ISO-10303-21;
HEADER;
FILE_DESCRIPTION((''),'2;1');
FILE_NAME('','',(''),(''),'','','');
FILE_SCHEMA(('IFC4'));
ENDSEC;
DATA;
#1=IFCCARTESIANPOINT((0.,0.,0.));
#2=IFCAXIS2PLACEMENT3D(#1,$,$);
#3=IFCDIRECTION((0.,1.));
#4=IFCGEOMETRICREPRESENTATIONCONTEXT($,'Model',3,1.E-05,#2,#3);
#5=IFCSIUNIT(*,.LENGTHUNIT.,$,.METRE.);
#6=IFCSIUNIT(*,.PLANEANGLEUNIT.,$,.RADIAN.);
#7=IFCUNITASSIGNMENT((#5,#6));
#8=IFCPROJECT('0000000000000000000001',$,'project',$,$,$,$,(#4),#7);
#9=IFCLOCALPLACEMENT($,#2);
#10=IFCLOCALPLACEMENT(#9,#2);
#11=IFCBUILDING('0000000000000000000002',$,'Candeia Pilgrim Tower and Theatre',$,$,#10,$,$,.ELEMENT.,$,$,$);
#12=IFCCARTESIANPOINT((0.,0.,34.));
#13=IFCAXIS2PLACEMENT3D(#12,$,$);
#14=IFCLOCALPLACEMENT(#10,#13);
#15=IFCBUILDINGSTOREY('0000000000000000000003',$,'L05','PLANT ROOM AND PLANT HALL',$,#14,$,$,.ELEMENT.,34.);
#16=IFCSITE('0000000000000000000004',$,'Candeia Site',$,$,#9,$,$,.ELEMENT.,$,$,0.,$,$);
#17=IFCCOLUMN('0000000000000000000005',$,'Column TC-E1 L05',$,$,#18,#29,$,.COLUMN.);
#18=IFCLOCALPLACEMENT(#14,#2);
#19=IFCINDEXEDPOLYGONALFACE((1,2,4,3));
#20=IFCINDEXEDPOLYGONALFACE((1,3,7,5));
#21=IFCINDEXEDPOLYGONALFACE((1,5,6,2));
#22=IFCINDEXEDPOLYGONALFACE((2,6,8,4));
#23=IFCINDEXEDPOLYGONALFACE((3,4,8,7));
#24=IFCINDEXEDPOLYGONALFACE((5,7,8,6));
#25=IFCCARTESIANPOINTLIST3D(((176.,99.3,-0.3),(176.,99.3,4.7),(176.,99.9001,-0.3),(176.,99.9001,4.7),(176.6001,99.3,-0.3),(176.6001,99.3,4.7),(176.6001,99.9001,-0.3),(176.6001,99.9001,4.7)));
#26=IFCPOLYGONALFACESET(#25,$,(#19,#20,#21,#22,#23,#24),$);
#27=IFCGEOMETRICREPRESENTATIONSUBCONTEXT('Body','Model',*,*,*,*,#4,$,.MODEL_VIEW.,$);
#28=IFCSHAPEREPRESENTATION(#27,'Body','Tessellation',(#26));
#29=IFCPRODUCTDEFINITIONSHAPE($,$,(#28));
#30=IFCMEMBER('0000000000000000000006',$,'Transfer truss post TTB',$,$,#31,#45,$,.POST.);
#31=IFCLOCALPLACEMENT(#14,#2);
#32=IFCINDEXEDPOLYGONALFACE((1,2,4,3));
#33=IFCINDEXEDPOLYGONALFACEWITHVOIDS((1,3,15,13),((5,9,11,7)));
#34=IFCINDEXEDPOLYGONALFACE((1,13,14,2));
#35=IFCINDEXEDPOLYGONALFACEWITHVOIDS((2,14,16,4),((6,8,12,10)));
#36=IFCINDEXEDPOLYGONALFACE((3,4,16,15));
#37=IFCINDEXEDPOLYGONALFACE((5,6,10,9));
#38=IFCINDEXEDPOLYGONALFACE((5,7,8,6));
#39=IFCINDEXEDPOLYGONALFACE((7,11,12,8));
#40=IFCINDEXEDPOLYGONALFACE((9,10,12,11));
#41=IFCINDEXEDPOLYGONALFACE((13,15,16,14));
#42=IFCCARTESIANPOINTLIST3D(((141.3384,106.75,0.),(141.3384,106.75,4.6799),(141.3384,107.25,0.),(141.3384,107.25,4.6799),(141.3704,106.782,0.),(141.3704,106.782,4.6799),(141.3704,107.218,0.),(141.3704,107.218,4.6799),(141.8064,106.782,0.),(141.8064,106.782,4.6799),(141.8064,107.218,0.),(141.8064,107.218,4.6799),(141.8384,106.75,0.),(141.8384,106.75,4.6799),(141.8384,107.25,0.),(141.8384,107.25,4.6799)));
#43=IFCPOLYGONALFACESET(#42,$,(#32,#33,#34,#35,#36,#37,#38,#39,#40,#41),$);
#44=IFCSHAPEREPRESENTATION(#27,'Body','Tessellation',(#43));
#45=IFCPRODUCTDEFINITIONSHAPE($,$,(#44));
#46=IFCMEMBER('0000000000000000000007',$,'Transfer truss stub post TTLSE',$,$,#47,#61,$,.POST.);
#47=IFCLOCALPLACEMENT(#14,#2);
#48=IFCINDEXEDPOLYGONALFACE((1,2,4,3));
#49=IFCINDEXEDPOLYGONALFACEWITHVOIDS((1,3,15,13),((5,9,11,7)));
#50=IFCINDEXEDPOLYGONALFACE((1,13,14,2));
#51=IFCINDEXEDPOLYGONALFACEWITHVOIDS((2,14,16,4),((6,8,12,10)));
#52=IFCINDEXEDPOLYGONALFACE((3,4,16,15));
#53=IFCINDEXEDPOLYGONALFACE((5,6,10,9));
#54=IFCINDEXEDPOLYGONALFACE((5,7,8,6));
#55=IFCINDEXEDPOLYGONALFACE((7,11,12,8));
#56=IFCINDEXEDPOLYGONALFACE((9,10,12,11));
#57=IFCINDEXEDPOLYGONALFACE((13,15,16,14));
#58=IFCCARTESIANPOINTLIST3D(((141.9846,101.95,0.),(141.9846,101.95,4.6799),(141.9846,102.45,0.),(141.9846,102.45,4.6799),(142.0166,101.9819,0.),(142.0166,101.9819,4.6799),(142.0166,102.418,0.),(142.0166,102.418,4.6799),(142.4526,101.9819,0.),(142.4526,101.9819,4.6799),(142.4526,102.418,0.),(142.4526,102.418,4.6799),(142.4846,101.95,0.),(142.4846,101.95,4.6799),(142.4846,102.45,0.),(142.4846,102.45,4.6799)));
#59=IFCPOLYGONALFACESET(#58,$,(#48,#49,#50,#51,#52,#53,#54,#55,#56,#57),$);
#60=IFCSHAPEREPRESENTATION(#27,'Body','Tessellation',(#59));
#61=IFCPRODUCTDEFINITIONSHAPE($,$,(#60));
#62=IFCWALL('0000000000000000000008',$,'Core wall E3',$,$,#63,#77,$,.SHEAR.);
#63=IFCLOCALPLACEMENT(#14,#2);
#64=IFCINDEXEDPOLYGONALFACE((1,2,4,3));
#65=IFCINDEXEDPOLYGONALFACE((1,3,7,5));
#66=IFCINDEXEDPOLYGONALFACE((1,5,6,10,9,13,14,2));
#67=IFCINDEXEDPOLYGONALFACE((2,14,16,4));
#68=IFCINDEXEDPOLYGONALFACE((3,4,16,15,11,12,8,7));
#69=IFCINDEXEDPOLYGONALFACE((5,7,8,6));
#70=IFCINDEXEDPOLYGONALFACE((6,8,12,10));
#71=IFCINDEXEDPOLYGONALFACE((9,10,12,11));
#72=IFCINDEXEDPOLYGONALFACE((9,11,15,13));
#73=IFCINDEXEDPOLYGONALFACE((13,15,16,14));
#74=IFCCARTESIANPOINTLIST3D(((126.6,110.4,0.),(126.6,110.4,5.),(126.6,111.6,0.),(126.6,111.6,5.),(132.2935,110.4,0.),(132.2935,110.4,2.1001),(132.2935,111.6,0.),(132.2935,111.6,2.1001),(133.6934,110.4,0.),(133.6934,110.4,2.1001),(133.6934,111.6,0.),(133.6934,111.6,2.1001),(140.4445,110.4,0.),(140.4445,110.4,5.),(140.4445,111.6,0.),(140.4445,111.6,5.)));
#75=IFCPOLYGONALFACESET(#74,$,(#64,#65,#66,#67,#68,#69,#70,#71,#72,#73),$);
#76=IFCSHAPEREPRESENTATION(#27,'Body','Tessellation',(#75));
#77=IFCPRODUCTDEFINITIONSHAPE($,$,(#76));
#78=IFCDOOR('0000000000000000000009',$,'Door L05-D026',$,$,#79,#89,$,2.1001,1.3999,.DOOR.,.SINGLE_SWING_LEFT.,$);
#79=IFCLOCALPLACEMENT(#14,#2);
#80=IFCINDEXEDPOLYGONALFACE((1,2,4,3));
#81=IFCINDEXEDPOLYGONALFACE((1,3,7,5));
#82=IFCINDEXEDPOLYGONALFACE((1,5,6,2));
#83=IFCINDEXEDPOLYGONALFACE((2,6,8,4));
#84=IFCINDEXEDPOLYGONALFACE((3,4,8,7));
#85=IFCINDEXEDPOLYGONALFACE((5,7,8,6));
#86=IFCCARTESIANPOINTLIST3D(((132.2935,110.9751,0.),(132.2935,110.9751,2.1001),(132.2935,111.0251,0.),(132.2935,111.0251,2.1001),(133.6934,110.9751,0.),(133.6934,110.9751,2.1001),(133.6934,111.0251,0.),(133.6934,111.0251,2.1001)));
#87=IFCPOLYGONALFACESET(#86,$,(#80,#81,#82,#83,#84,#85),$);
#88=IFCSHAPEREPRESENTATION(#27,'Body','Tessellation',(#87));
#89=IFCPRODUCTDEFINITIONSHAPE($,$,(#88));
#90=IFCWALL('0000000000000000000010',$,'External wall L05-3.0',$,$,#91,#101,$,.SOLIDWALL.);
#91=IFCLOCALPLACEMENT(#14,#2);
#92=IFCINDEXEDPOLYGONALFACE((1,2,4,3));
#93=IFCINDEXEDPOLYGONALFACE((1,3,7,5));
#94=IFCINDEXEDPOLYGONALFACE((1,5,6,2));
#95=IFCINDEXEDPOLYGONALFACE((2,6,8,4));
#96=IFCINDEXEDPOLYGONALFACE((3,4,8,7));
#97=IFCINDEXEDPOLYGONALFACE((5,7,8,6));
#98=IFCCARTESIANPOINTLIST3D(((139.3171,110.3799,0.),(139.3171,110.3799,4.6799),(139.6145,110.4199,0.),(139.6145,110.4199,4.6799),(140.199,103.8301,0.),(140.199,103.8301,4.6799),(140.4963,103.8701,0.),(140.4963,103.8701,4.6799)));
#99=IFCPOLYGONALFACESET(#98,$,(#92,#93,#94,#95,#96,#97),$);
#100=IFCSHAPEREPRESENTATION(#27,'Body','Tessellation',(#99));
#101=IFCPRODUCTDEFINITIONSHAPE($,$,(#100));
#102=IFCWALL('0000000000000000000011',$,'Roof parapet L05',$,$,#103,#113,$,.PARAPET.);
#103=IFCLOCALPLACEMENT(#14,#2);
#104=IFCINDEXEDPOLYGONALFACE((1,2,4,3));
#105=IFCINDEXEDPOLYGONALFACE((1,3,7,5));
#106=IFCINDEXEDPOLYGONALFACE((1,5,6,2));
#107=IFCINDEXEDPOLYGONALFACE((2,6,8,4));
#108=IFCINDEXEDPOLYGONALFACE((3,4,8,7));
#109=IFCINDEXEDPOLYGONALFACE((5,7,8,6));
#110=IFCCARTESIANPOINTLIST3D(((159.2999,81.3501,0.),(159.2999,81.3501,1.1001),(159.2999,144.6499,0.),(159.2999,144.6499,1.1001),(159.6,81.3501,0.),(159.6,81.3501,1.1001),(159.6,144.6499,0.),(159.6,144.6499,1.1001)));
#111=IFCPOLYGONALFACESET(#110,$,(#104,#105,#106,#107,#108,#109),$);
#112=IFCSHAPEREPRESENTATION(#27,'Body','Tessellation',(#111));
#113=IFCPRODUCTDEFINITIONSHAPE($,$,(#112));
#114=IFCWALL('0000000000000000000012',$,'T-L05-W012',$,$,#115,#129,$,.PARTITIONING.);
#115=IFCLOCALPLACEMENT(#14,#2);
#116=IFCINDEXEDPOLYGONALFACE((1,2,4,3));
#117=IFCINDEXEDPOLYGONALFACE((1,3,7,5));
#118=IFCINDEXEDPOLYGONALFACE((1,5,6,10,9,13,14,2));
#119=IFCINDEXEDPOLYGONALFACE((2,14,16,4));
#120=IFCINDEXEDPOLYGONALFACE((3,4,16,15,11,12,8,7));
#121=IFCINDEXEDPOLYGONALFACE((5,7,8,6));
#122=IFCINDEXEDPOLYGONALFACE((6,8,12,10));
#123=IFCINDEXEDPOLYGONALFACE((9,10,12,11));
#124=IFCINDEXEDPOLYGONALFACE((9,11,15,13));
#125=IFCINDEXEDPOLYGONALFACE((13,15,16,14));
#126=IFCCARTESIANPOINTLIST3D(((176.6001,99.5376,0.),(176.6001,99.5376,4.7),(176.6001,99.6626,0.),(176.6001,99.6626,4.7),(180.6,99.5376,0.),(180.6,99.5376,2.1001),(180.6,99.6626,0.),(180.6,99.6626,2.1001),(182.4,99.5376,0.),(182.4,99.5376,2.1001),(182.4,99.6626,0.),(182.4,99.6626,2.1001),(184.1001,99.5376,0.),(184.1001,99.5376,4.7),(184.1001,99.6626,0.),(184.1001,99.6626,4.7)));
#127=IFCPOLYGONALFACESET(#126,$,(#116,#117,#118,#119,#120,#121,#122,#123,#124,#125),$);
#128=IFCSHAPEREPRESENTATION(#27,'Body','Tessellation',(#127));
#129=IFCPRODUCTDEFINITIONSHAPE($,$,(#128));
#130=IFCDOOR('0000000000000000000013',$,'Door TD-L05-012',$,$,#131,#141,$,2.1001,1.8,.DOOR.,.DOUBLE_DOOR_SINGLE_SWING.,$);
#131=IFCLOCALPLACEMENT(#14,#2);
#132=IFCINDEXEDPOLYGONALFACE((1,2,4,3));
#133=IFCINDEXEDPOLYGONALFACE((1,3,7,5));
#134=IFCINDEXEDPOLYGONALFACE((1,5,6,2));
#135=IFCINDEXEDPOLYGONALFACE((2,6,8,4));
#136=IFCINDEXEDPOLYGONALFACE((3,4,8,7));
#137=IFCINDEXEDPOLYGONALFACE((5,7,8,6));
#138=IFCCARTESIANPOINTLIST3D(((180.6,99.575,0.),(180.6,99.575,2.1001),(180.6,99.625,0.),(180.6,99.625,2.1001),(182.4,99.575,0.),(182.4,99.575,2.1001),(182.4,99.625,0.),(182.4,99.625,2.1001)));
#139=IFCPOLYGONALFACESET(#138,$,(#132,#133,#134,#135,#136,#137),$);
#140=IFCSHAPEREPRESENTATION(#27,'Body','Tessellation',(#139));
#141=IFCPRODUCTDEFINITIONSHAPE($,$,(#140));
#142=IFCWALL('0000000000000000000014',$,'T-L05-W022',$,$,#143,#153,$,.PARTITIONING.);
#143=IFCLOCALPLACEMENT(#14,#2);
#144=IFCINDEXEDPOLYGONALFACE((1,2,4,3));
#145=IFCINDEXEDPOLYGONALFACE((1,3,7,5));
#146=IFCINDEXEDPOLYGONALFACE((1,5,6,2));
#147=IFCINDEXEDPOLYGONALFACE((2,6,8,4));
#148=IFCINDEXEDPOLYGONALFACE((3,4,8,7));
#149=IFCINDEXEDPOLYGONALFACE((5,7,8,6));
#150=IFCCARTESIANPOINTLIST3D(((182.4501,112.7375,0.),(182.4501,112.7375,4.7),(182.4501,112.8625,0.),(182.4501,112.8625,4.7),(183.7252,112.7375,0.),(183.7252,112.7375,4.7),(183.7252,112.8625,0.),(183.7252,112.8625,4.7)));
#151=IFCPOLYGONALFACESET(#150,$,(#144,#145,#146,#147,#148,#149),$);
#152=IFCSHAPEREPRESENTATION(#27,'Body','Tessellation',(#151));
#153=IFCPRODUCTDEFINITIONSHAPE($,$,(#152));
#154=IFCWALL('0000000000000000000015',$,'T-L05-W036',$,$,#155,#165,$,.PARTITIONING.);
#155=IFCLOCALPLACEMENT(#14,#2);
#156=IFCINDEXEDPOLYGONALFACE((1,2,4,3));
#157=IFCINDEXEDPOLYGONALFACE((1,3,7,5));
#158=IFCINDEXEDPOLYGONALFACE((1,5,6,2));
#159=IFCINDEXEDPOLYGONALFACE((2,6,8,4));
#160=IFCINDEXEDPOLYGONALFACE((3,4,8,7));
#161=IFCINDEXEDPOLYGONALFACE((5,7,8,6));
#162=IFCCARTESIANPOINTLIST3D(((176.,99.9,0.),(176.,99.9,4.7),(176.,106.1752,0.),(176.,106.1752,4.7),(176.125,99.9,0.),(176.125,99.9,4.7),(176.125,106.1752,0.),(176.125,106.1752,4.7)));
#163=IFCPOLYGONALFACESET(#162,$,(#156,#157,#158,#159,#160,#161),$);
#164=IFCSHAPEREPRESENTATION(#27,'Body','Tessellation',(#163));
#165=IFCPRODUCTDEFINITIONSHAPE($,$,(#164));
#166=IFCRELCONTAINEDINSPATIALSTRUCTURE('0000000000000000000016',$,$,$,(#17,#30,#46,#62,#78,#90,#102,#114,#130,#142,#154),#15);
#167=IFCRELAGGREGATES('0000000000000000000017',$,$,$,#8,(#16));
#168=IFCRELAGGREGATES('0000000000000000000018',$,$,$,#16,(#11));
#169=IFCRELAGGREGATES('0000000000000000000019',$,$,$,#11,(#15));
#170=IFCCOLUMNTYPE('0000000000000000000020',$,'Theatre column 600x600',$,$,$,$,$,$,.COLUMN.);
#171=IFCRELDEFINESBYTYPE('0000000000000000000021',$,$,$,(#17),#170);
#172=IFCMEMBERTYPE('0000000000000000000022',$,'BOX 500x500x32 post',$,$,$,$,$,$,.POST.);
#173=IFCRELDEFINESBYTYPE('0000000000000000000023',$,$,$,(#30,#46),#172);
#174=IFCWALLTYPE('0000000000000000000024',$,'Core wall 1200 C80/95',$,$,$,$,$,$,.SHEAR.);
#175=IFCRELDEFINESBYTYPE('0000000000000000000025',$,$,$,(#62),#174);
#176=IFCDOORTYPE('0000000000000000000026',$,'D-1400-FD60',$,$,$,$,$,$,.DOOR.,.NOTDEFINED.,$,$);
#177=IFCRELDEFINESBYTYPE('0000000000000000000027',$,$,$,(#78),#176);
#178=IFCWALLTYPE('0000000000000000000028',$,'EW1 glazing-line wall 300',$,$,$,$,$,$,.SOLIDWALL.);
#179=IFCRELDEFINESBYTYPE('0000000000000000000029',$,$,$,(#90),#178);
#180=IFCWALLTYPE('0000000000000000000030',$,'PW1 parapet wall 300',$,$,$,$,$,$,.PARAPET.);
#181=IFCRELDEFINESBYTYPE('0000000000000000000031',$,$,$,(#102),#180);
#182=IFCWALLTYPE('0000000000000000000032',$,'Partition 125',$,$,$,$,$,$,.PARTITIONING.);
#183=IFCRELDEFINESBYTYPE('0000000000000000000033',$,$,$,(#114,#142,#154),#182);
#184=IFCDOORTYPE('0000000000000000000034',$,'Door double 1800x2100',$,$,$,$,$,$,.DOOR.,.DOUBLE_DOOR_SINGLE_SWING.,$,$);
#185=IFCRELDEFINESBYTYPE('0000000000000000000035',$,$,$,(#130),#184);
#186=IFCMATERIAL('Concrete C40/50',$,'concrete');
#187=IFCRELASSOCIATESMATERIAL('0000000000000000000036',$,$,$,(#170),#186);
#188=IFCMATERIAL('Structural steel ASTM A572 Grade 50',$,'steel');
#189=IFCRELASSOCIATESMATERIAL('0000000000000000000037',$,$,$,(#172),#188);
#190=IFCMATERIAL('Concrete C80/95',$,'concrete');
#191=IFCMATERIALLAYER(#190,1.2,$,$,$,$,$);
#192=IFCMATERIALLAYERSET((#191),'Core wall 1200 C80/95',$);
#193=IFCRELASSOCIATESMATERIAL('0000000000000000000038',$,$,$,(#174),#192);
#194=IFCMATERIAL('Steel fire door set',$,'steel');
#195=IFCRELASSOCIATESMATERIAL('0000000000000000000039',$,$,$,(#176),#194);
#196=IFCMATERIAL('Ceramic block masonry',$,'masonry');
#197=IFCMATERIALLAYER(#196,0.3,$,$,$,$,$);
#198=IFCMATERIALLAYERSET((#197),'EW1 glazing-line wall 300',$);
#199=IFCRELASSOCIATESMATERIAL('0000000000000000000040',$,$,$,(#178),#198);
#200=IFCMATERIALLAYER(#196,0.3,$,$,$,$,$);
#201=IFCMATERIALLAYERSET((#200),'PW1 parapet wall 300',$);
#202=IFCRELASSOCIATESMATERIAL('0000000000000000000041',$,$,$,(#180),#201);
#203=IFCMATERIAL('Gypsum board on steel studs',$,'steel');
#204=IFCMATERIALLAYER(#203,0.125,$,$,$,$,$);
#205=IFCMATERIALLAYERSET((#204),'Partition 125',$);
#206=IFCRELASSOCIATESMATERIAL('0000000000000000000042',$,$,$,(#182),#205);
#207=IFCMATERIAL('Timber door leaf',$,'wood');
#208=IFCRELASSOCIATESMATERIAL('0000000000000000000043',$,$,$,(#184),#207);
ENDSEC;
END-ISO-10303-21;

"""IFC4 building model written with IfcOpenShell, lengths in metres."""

from ifc_helpers import new_model, si_unit, direction, frame, frame_2d, origin, origin_2d, place, context, subcontext, project, spatial, rectangle, hollow_rectangle, extrude, material, layer, layer_set, material_profile, profile_set, type_object, element, fill, save


model = new_model("IFC4")

# Units and contexts
model_context = context("Model", 3, precision=1e-05, world=origin(), true_north=direction((0.0, 1.0)))
body_context = subcontext(model_context, "Body", "Model", "MODEL_VIEW")
ifc_project = project(units=[si_unit("LENGTHUNIT", "METRE"), si_unit("PLANEANGLEUNIT", "RADIAN")], contexts=[model_context])

# Site, building, storey
site_placement = place(None, origin())
site = spatial("IfcSite", under=ifc_project, at=site_placement, Name="Candeia Site", CompositionType="ELEMENT", RefElevation=0.0)
building_placement = place(site_placement, origin())
building = spatial("IfcBuilding", under=site, at=building_placement, Name="Candeia Pilgrim Tower and Theatre", CompositionType="ELEMENT")
storey_placement = place(building_placement, frame((0.0, 0.0, 34.0)))
storey = spatial("IfcBuildingStorey", under=building, at=storey_placement, Name="L05", Description="PLANT ROOM AND PLANT HALL", CompositionType="ELEMENT", Elevation=34.0)

# Column
ifc_material_1 = material(Name="Concrete C40/50", Category="concrete")
ifc_material_profile_1 = material_profile(ifc_material_1, rectangle(XDim=0.6001, YDim=0.6001, at=origin_2d()))
ifc_profile_set_1 = profile_set([ifc_material_profile_1], Name="Concrete C40/50")
column_type = type_object("IfcColumnType", Name="Theatre column 600x600", PredefinedType="COLUMN", material=ifc_profile_set_1)
column_placement = place(storey_placement, frame((176.3, 99.6001, -0.3), z_axis=(0.0, 0.0, 1.0), x_axis=(1.0, 0.0, 0.0)))
element("IfcColumn", 1, at=column_placement, inside=storey, type_object=column_type, Name="Column TC-E1 L05", PredefinedType="COLUMN", context=body_context, shape_type="SweptSolid", body=[
    extrude(rectangle(XDim=0.6001, YDim=0.6001, at=origin_2d()), origin(), (0.0, 0.0, 1.0), 5.0),
])

# Members
ifc_material_2 = material(Name="Structural steel ASTM A572 Grade 50", Category="steel")
ifc_material_profile_2 = material_profile(ifc_material_2, hollow_rectangle(XDim=0.5, YDim=0.5, WallThickness=0.032, at=origin_2d()))
ifc_profile_set_2 = profile_set([ifc_material_profile_2], Name="Structural steel ASTM A572 Grade 50")
member_type = type_object("IfcMemberType", Name="BOX 500x500x32 post", PredefinedType="POST", material=ifc_profile_set_2)
for number, where, z_axis, x_axis, name in (
    (2, (141.5884, 107.0, 0.0), (0.0, 0.0, 1.0), (1.0, 0.0, 0.0), "Transfer truss post TTB"),
    (3, (142.2346, 102.2, 0.0), (0.0, 0.0, 1.0), (1.0, 0.0, 0.0), "Transfer truss stub post TTLSE"),
):
    element("IfcMember", number, at=place(storey_placement, frame(where, z_axis=z_axis, x_axis=x_axis)), inside=storey, type_object=member_type, Name=name, PredefinedType="POST", context=body_context, shape_type="SweptSolid", body=[
        extrude(hollow_rectangle(XDim=0.5, YDim=0.5, WallThickness=0.032, at=origin_2d()), origin(), (0.0, 0.0, 1.0), 4.6799),
    ])

# Wall, opening, door
ifc_material_3 = material(Name="Concrete C80/95", Category="concrete")
ifc_layer_1 = layer(ifc_material_3, 1.2)
ifc_layer_set_1 = layer_set([ifc_layer_1], Name="Core wall 1200 C80/95")
wall_type_1 = type_object("IfcWallType", Name="Core wall 1200 C80/95", PredefinedType="SHEAR", material=ifc_layer_set_1)
wall_1_placement = place(storey_placement, frame((140.4446, 111.0, 0.0), z_axis=(0.0, 0.0, 1.0), x_axis=(-1.0, 0.0, 0.0)))
wall_1 = element("IfcWall", 4, at=wall_1_placement, inside=storey, type_object=wall_type_1, Name="Core wall E3", PredefinedType="SHEAR", context=body_context, shape_type="SweptSolid", body=[
    extrude(rectangle(XDim=13.8445, YDim=1.2, at=frame_2d((6.9224, 0.0))), origin(), (0.0, 0.0, 1.0), 5.0),
])
opening_1_placement = place(wall_1_placement, frame((6.7512, 0.0, 0.0)))
opening_1 = element("IfcOpeningElement", 5, at=opening_1_placement, cuts=wall_1, PredefinedType="OPENING", context=body_context, shape_type="SweptSolid", body=[
    extrude(rectangle(XDim=1.3999, YDim=2.1001, at=frame_2d((0.7, 1.05))), frame((0.0, 0.6099, 0.0), z_axis=(0.0, -1.0, 0.0), x_axis=(1.0, 0.0, 0.0)), (0.0, 0.0, 1.0), 1.22),
])
ifc_material_4 = material(Name="Steel fire door set", Category="steel")
door_type_1 = type_object("IfcDoorType", Name="D-1400-FD60", OperationType="NOTDEFINED", PredefinedType="DOOR", material=ifc_material_4)
door_1_placement = place(opening_1_placement, origin())
door_1 = element("IfcDoor", 6, at=door_1_placement, inside=storey, type_object=door_type_1, Name="Door L05-D026", OperationType="SINGLE_SWING_LEFT", OverallHeight=2.1001, OverallWidth=1.3999, PredefinedType="DOOR", context=body_context, shape_type="SweptSolid", body=[
    extrude(rectangle(XDim=1.3999, YDim=2.1001, at=frame_2d((0.7, 1.05))), frame((0.0, 0.0249, 0.0), z_axis=(0.0, -1.0, 0.0), x_axis=(1.0, 0.0, 0.0)), (0.0, 0.0, 1.0), 0.05),
])
fill(opening_1, door_1)

# Walls
ifc_material_5 = material(Name="Ceramic block masonry", Category="masonry")
ifc_layer_2 = layer(ifc_material_5, 0.3)
ifc_layer_set_2 = layer_set([ifc_layer_2], Name="EW1 glazing-line wall 300")
wall_type_2 = type_object("IfcWallType", Name="EW1 glazing-line wall 300", PredefinedType="SOLIDWALL", material=ifc_layer_set_2)
wall_2_placement = place(storey_placement, frame((140.3477, 103.8501, 0.0), z_axis=(0.0, 0.0, 1.0), x_axis=(-0.133432, 0.991058, 0.0)))
element("IfcWall", 7, at=wall_2_placement, inside=storey, type_object=wall_type_2, Name="External wall L05-3.0", PredefinedType="SOLIDWALL", context=body_context, shape_type="SweptSolid", body=[
    extrude(rectangle(XDim=6.6089, YDim=0.3, at=frame_2d((3.3044, 0.0))), origin(), (0.0, 0.0, 1.0), 4.6799),
])
ifc_layer_3 = layer(ifc_material_5, 0.3)
ifc_layer_set_3 = layer_set([ifc_layer_3], Name="PW1 parapet wall 300")
wall_type_3 = type_object("IfcWallType", Name="PW1 parapet wall 300", PredefinedType="PARAPET", material=ifc_layer_set_3)
wall_3_placement = place(storey_placement, frame((159.45, 144.6499, 0.0), z_axis=(0.0, 0.0, 1.0), x_axis=(0.0, -1.0, 0.0)))
element("IfcWall", 8, at=wall_3_placement, inside=storey, type_object=wall_type_3, Name="Roof parapet L05", PredefinedType="PARAPET", context=body_context, shape_type="SweptSolid", body=[
    extrude(rectangle(XDim=63.2998, YDim=0.3, at=frame_2d((31.6499, 0.0))), origin(), (0.0, 0.0, 1.0), 1.1001),
])

# Wall, opening, door
ifc_material_6 = material(Name="Gypsum board on steel studs", Category="steel")
ifc_layer_4 = layer(ifc_material_6, 0.125)
ifc_layer_set_4 = layer_set([ifc_layer_4], Name="Partition 125")
wall_type_4 = type_object("IfcWallType", Name="Partition 125", PredefinedType="PARTITIONING", material=ifc_layer_set_4)
wall_4_placement = place(storey_placement, frame((176.6001, 99.6001, 0.0), z_axis=(0.0, 0.0, 1.0), x_axis=(1.0, 0.0, 0.0)))
wall_4 = element("IfcWall", 9, at=wall_4_placement, inside=storey, type_object=wall_type_4, Name="T-L05-W012", PredefinedType="PARTITIONING", context=body_context, shape_type="SweptSolid", body=[
    extrude(rectangle(XDim=7.5, YDim=0.125, at=frame_2d((3.75, 0.0))), origin(), (0.0, 0.0, 1.0), 4.7),
])
opening_2_placement = place(wall_4_placement, frame((4.0, 0.0, 0.0)))
opening_2 = element("IfcOpeningElement", 10, at=opening_2_placement, cuts=wall_4, PredefinedType="OPENING", context=body_context, shape_type="SweptSolid", body=[
    extrude(rectangle(XDim=1.8, YDim=2.1001, at=frame_2d((0.8999, 1.05))), frame((0.0, 0.0725, 0.0), z_axis=(0.0, -1.0, 0.0), x_axis=(1.0, 0.0, 0.0)), (0.0, 0.0, 1.0), 0.145),
])
ifc_material_7 = material(Name="Timber door leaf", Category="wood")
door_type_2 = type_object("IfcDoorType", Name="Door double 1800x2100", OperationType="DOUBLE_DOOR_SINGLE_SWING", PredefinedType="DOOR", material=ifc_material_7)
door_2_placement = place(opening_2_placement, origin())
door_2 = element("IfcDoor", 11, at=door_2_placement, inside=storey, type_object=door_type_2, Name="Door TD-L05-012", OperationType="DOUBLE_DOOR_SINGLE_SWING", OverallHeight=2.1001, OverallWidth=1.8, PredefinedType="DOOR", context=body_context, shape_type="SweptSolid", body=[
    extrude(rectangle(XDim=1.8, YDim=2.1001, at=frame_2d((0.8999, 1.05))), frame((0.0, 0.0249, 0.0), z_axis=(0.0, -1.0, 0.0), x_axis=(1.0, 0.0, 0.0)), (0.0, 0.0, 1.0), 0.05),
])
fill(opening_2, door_2)

# Walls
wall_5_placement = place(storey_placement, frame((182.45, 112.8, 0.0), z_axis=(0.0, 0.0, 1.0), x_axis=(1.0, 0.0, 0.0)))
element("IfcWall", 12, at=wall_5_placement, inside=storey, type_object=wall_type_4, Name="T-L05-W022", PredefinedType="PARTITIONING", context=body_context, shape_type="SweptSolid", body=[
    extrude(rectangle(XDim=1.2751, YDim=0.125, at=frame_2d((0.6377, 0.0))), origin(), (0.0, 0.0, 1.0), 4.7),
])
wall_6_placement = place(storey_placement, frame((176.0625, 99.8999, 0.0), z_axis=(0.0, 0.0, 1.0), x_axis=(0.0, 1.0, 0.0)))
element("IfcWall", 13, at=wall_6_placement, inside=storey, type_object=wall_type_4, Name="T-L05-W036", PredefinedType="PARTITIONING", context=body_context, shape_type="SweptSolid", body=[
    extrude(rectangle(XDim=6.2751, YDim=0.125, at=frame_2d((3.1377, 0.0))), origin(), (0.0, 0.0, 1.0), 4.7),
])

save(model, "model.ifc")
